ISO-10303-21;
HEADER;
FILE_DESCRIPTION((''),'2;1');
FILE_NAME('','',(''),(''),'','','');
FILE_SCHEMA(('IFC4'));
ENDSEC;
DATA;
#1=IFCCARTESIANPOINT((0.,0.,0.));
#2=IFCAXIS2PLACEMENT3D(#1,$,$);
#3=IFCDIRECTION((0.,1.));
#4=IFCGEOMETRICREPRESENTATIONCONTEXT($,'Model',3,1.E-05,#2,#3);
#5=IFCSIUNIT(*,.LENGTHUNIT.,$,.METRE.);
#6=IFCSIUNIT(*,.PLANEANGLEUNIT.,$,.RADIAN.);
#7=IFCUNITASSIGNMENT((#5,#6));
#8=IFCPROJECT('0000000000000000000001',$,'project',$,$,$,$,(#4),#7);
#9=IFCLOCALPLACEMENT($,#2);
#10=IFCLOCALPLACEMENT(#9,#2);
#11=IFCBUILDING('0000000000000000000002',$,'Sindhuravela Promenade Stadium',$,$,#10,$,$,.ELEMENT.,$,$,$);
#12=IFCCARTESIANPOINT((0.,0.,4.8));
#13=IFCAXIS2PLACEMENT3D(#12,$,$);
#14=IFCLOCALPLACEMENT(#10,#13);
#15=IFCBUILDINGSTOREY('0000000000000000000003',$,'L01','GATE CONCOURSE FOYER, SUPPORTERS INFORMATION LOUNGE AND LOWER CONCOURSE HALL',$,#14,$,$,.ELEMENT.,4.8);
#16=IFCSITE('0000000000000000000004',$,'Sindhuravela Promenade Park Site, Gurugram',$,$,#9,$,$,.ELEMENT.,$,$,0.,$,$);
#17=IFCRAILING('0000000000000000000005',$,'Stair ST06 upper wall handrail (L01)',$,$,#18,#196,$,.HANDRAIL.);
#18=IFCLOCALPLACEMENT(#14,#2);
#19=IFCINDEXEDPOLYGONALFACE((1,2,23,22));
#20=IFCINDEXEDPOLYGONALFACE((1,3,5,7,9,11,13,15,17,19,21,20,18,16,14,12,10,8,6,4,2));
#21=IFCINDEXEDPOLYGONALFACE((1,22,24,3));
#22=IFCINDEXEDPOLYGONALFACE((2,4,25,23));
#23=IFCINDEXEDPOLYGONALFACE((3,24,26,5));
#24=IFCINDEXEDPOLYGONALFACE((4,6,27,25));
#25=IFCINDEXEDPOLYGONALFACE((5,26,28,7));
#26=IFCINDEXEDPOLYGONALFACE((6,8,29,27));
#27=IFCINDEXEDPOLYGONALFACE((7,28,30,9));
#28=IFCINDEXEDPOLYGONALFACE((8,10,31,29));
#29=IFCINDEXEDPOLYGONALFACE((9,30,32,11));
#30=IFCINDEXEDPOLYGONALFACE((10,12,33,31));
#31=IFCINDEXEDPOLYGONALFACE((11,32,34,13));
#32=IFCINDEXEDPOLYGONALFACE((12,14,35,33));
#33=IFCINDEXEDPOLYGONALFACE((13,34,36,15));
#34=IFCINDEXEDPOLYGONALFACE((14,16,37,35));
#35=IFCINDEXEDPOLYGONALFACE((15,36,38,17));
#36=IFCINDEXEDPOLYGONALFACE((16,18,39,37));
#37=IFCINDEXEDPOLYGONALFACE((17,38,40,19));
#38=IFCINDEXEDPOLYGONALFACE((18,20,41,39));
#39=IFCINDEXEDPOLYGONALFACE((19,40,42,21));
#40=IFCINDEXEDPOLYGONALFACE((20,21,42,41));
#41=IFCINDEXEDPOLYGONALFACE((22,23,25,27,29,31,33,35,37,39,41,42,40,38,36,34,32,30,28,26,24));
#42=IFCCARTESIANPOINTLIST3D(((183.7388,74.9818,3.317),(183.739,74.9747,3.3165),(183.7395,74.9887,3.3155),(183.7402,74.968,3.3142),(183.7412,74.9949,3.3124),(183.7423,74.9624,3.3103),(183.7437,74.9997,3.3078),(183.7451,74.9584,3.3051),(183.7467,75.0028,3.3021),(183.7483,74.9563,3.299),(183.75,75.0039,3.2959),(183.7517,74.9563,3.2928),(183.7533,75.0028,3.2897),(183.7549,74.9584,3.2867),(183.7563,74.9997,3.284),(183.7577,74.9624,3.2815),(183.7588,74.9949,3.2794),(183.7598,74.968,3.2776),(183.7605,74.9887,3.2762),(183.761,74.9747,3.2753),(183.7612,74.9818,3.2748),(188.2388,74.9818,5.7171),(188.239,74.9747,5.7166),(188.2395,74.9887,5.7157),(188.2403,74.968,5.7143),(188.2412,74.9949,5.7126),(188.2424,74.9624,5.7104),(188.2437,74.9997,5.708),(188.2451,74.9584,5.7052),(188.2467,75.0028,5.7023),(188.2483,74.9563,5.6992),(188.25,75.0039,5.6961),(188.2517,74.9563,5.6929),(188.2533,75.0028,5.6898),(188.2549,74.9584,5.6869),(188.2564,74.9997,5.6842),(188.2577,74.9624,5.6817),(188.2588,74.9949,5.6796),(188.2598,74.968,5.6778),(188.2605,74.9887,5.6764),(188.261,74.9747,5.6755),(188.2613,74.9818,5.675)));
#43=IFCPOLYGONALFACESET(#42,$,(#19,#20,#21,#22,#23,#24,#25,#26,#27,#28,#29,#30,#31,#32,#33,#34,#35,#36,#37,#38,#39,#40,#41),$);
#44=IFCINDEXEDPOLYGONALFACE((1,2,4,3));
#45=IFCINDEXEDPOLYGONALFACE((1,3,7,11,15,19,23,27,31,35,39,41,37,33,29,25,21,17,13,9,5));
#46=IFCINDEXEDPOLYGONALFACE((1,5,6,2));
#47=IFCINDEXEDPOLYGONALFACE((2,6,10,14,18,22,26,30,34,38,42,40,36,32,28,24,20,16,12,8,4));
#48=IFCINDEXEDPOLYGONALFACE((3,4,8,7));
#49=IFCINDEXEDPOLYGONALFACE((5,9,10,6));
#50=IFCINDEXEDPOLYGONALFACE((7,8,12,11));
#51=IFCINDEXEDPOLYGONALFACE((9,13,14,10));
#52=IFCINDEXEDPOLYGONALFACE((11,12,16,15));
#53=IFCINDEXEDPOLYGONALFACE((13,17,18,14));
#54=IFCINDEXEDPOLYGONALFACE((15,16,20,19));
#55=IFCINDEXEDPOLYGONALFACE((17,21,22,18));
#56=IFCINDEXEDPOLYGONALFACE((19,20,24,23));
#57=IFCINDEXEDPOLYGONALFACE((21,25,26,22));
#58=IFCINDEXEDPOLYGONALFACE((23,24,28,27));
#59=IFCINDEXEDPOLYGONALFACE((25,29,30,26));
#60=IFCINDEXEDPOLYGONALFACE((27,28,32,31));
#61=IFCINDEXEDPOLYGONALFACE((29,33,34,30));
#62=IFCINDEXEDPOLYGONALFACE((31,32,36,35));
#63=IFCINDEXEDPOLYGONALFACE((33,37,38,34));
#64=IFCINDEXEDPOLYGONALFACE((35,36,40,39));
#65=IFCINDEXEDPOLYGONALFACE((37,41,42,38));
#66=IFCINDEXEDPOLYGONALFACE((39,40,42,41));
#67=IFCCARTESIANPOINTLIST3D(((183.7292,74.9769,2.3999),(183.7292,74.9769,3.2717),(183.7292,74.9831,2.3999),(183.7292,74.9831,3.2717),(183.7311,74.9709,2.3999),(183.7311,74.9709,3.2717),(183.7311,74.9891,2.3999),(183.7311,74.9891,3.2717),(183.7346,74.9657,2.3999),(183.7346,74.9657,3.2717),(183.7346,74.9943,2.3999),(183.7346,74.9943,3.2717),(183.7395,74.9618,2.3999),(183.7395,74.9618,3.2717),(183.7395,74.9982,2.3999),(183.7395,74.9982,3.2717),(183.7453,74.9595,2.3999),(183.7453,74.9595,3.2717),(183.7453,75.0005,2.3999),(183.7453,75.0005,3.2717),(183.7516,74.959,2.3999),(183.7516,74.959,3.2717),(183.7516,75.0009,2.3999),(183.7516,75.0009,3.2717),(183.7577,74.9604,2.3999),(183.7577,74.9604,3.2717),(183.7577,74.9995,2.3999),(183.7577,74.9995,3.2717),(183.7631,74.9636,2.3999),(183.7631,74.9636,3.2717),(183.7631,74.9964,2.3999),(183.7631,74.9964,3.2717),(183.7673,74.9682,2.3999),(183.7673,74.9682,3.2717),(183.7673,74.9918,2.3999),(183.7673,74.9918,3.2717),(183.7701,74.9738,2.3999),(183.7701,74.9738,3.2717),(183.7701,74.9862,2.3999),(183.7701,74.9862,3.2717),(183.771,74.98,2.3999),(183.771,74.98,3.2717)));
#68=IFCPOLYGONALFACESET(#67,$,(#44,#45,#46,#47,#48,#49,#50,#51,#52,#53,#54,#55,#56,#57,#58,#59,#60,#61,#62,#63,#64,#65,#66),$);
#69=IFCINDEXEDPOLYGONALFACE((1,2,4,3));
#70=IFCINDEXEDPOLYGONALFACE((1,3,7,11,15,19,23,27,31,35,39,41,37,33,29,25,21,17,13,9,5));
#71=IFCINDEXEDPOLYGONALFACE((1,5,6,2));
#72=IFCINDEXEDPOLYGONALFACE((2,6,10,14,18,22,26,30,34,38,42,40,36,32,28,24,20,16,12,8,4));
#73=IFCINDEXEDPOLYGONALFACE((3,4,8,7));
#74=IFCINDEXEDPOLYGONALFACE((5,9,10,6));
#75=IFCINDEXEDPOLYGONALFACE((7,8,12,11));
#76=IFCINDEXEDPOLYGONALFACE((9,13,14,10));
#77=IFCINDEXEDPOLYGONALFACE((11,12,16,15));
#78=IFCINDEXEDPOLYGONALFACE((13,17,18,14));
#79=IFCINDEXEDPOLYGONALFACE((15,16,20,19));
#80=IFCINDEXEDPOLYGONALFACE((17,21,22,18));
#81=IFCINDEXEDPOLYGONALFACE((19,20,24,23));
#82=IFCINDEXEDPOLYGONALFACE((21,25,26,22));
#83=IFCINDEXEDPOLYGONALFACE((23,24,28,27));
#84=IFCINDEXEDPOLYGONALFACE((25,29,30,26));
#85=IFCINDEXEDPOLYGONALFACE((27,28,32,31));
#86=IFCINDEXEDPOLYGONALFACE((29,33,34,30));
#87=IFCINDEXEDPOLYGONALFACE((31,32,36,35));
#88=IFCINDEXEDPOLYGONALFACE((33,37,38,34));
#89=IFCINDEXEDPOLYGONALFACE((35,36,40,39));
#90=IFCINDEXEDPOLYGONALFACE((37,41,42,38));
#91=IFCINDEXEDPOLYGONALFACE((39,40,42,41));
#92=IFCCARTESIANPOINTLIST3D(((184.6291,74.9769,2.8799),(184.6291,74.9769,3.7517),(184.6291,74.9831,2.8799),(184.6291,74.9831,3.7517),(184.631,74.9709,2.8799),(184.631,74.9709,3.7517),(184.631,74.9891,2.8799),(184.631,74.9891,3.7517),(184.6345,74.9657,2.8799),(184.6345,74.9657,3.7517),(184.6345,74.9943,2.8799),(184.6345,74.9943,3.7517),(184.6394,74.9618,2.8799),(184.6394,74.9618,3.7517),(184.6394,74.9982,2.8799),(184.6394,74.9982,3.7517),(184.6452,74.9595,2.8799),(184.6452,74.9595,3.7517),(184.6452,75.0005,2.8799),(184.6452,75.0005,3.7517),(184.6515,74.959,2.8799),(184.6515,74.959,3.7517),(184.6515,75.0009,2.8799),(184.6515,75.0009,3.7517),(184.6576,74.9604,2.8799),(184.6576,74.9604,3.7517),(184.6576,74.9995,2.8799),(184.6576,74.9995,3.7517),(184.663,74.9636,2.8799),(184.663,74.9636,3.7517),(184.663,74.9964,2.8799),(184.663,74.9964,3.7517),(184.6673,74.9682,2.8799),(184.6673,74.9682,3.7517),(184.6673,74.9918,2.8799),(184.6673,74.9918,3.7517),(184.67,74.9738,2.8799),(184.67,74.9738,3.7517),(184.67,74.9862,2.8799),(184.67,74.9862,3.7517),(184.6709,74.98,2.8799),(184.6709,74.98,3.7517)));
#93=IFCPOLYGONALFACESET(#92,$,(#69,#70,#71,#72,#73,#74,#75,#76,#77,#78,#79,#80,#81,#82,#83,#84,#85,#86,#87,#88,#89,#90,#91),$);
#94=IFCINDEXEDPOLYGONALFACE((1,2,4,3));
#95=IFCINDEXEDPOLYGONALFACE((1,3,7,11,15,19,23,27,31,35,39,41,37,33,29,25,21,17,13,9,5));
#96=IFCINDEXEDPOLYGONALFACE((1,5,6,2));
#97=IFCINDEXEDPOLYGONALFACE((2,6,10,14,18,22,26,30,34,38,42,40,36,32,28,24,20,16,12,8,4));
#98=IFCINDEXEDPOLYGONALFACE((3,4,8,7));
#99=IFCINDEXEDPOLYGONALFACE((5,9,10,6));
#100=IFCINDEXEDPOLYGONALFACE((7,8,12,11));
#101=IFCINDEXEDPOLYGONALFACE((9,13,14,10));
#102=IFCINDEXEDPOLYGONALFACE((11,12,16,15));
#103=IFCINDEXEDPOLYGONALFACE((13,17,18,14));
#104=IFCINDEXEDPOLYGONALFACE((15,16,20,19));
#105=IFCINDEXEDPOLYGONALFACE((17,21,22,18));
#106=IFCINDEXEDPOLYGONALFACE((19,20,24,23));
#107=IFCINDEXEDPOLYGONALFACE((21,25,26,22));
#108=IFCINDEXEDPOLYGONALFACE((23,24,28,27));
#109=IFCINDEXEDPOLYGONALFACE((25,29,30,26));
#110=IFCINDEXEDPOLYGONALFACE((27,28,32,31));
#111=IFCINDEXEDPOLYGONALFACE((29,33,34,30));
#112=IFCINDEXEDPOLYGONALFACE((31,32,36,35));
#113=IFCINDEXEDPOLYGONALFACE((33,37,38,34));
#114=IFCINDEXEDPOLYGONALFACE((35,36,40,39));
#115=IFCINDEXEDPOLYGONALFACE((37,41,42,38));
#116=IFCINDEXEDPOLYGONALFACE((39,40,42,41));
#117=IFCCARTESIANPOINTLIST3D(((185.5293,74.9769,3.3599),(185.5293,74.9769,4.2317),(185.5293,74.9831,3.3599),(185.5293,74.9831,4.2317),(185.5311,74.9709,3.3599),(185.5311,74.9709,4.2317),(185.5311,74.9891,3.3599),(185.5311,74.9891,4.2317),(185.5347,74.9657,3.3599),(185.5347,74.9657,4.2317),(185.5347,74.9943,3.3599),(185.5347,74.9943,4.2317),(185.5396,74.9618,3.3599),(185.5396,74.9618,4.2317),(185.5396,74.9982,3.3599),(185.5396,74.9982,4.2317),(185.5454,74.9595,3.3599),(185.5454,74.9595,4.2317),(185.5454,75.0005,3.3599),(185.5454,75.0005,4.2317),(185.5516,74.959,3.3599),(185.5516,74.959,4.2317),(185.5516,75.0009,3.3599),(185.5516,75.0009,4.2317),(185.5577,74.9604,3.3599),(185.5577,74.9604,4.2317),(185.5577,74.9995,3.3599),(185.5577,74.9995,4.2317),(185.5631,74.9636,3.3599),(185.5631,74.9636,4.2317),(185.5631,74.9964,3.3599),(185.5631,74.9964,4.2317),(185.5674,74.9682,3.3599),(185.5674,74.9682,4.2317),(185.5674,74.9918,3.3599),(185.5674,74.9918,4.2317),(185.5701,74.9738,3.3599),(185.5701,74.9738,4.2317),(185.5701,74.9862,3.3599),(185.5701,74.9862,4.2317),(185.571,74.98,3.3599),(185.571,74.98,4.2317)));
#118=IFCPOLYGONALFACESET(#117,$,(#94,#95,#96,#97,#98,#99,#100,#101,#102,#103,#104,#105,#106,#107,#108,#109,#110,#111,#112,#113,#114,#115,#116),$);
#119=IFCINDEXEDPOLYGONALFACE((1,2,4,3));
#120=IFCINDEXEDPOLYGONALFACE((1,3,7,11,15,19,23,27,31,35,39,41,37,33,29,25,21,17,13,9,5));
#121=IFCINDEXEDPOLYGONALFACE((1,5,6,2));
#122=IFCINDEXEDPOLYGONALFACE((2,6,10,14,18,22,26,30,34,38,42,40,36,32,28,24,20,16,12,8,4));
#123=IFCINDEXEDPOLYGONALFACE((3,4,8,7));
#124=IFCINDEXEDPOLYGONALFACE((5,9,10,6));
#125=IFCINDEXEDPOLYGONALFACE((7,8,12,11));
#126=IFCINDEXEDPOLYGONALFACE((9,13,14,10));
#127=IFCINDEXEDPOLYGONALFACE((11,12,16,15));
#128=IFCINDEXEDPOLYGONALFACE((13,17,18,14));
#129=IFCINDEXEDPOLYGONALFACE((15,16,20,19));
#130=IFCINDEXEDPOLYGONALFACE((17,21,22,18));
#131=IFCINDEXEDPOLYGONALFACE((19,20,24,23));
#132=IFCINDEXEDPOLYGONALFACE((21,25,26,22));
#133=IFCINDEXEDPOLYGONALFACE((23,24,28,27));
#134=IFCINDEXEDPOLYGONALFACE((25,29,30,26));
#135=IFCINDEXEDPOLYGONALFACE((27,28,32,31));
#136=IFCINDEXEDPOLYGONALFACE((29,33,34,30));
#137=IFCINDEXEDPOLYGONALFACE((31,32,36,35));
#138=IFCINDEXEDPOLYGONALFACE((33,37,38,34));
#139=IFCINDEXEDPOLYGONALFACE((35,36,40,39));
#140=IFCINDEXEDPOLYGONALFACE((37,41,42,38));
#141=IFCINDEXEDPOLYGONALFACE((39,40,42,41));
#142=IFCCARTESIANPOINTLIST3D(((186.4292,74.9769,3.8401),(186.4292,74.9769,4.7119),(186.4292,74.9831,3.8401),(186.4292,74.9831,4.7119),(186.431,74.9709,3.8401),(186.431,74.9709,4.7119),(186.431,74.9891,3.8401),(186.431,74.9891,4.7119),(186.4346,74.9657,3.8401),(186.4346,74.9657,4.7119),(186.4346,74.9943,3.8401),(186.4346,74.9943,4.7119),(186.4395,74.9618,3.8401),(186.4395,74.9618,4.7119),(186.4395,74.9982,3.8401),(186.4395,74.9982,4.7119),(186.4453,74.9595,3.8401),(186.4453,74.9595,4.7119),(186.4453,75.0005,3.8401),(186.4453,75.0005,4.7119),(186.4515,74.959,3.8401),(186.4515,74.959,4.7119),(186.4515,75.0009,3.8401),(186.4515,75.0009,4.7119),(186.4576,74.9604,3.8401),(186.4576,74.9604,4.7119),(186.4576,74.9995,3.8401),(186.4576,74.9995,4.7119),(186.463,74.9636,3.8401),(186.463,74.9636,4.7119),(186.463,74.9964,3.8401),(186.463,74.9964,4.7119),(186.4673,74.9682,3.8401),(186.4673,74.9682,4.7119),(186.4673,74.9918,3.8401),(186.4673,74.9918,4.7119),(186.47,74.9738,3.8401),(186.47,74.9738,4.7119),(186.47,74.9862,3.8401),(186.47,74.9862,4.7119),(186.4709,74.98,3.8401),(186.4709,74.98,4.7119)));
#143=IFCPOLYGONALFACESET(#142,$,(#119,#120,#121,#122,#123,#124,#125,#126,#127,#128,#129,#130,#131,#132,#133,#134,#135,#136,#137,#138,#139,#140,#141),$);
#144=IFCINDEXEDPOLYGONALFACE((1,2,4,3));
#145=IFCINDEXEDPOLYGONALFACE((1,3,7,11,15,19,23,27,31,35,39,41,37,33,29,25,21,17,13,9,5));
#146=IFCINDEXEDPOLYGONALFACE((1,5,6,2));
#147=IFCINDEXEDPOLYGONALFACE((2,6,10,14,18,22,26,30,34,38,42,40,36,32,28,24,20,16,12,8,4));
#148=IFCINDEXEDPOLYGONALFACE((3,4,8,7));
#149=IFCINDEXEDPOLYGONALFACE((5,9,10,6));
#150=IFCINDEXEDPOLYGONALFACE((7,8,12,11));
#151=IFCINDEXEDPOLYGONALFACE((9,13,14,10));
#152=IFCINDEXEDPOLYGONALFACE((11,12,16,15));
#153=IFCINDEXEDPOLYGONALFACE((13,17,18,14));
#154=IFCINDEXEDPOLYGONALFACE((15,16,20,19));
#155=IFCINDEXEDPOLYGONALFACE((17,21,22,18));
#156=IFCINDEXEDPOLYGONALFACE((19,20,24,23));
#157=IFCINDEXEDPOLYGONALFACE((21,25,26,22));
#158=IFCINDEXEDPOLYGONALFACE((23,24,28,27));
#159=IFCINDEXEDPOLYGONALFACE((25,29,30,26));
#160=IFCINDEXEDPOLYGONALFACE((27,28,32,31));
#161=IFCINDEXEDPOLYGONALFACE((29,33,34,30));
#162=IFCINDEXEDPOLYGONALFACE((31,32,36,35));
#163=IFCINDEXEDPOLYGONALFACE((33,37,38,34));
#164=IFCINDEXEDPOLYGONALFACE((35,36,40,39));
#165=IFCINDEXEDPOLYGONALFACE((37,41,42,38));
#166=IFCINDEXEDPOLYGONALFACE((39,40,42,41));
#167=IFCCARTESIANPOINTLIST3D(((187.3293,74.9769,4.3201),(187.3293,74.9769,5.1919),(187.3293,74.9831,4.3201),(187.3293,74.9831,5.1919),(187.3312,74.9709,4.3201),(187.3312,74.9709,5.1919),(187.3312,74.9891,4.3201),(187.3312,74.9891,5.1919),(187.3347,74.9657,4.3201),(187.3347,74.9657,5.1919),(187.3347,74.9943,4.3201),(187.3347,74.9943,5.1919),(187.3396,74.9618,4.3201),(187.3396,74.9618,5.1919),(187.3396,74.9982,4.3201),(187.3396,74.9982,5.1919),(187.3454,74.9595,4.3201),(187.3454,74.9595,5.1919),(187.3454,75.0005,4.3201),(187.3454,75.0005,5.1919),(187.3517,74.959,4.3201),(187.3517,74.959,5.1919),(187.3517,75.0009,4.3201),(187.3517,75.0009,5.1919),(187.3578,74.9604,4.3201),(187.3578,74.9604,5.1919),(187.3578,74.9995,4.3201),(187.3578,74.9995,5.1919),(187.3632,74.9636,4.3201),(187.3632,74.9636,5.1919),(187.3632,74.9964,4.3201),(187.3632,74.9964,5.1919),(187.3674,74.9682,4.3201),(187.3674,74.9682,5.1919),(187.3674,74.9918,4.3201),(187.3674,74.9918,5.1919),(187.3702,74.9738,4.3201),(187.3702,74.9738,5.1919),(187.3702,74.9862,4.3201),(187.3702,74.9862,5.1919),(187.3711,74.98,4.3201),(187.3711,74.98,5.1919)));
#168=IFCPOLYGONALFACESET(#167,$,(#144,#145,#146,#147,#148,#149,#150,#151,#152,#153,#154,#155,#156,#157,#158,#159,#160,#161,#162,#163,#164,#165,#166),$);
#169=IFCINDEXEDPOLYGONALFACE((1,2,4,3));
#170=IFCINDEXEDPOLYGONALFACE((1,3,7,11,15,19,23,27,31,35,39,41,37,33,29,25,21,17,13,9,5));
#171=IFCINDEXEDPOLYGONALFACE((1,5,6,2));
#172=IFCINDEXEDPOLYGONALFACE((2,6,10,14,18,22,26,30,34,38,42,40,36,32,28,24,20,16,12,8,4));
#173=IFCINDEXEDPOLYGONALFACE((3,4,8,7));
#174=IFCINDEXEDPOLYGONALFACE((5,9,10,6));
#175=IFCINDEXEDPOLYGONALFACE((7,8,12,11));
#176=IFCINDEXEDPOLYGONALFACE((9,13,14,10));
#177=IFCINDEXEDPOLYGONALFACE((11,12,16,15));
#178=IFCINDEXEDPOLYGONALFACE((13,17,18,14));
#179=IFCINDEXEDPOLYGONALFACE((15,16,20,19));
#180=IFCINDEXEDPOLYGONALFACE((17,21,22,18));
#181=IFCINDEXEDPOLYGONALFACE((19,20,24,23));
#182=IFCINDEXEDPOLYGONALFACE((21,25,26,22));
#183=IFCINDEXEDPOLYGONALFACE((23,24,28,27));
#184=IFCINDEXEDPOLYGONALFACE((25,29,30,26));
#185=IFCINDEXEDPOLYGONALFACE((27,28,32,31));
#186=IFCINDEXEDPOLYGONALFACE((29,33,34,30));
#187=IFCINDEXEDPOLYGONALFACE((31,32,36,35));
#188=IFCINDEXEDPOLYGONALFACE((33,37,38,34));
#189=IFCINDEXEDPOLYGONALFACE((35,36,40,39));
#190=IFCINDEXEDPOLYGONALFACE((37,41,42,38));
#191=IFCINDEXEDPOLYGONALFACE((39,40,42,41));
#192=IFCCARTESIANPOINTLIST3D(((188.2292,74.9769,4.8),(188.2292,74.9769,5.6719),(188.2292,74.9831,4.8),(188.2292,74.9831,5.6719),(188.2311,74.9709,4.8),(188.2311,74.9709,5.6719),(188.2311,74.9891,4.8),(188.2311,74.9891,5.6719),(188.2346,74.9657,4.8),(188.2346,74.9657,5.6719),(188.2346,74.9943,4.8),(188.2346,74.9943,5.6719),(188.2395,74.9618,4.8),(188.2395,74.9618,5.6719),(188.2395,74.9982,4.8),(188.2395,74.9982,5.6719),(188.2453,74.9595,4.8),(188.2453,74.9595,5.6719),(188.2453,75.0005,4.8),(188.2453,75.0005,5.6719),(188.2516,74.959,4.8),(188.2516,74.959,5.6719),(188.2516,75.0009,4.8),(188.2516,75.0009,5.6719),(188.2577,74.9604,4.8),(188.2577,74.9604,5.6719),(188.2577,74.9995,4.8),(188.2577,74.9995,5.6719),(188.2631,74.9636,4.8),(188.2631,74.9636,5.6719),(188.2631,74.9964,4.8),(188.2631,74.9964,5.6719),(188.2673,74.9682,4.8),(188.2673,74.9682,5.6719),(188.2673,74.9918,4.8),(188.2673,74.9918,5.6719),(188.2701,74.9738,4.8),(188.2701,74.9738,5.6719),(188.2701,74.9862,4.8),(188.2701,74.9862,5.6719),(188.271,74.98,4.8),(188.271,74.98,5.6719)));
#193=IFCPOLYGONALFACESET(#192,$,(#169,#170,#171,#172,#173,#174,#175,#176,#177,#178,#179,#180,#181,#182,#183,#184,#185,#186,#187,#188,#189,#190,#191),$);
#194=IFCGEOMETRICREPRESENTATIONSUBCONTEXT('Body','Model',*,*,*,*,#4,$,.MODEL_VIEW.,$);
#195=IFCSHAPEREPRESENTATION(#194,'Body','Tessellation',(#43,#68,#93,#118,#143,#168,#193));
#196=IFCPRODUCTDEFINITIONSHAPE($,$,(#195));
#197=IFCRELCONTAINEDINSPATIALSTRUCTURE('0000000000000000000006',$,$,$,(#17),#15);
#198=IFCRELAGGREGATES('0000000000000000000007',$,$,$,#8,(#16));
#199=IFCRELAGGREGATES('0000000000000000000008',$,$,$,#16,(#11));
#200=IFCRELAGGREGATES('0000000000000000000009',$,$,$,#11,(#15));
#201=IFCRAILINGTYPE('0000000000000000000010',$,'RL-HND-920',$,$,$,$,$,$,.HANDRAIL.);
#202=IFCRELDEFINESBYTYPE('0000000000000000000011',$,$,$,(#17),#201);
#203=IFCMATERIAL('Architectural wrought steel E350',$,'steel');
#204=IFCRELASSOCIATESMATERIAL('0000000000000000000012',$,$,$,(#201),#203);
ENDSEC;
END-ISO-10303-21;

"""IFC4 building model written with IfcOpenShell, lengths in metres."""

from ifc_helpers import new_model, si_unit, direction, frame, origin, origin_2d, place, context, subcontext, project, spatial, circle, extrude, material, type_object, element, save


model = new_model("IFC4")

# Units and contexts
model_context = context("Model", 3, precision=1e-05, world=origin(), true_north=direction((0.0, 1.0)))
body_context = subcontext(model_context, "Body", "Model", "MODEL_VIEW")
ifc_project = project(units=[si_unit("LENGTHUNIT", "METRE"), si_unit("PLANEANGLEUNIT", "RADIAN")], contexts=[model_context])

# Site, building, storey
site_placement = place(None, origin())
site = spatial("IfcSite", under=ifc_project, at=site_placement, Name="Sindhuravela Promenade Park Site, Gurugram", CompositionType="ELEMENT", RefElevation=0.0)
building_placement = place(site_placement, origin())
building = spatial("IfcBuilding", under=site, at=building_placement, Name="Sindhuravela Promenade Stadium", CompositionType="ELEMENT")
storey_placement = place(building_placement, frame((0.0, 0.0, 4.8)))
storey = spatial("IfcBuildingStorey", under=building, at=storey_placement, Name="L01", Description="GATE CONCOURSE FOYER, SUPPORTERS INFORMATION LOUNGE AND LOWER CONCOURSE HALL", CompositionType="ELEMENT", Elevation=4.8)

# Shared definitions
ifc_material_1 = material(Name="Architectural wrought steel E350", Category="steel")

# Railing
railing_type_1 = type_object("IfcRailingType", Name="RL-HND-920", PredefinedType="HANDRAIL", material=ifc_material_1)
railing_1_placement = place(storey_placement, frame((183.75, 74.98, 2.3999)))
element("IfcRailing", 1, at=railing_1_placement, inside=storey, type_object=railing_type_1, Name="Stair ST06 upper wall handrail (L01)", PredefinedType="HANDRAIL", context=body_context, shape_type="SweptSolid", body=[
    extrude(circle(Radius=0.0239, at=origin_2d()), frame((0.0, 0.0, 0.896), z_axis=(0.882341, 0.0, 0.470611), x_axis=(0.0, 1.0, 0.0)), (0.0, 0.0, 1.0), 5.1001),
    extrude(circle(Radius=0.021, at=origin_2d()), origin(), (0.0, 0.0, 1.0), 0.8718),
    extrude(circle(Radius=0.021, at=origin_2d()), frame((0.8999, 0.0, 0.48)), (0.0, 0.0, 1.0), 0.8718),
    extrude(circle(Radius=0.021, at=origin_2d()), frame((1.8, 0.0, 0.96)), (0.0, 0.0, 1.0), 0.8718),
    extrude(circle(Radius=0.021, at=origin_2d()), frame((2.7, 0.0, 1.4402)), (0.0, 0.0, 1.0), 0.8718),
    extrude(circle(Radius=0.021, at=origin_2d()), frame((3.6001, 0.0, 1.9202)), (0.0, 0.0, 1.0), 0.8718),
    extrude(circle(Radius=0.021, at=origin_2d()), frame((4.5, 0.0, 2.4001)), (0.0, 0.0, 1.0), 0.8718),
])

save(model, "model.ifc")
